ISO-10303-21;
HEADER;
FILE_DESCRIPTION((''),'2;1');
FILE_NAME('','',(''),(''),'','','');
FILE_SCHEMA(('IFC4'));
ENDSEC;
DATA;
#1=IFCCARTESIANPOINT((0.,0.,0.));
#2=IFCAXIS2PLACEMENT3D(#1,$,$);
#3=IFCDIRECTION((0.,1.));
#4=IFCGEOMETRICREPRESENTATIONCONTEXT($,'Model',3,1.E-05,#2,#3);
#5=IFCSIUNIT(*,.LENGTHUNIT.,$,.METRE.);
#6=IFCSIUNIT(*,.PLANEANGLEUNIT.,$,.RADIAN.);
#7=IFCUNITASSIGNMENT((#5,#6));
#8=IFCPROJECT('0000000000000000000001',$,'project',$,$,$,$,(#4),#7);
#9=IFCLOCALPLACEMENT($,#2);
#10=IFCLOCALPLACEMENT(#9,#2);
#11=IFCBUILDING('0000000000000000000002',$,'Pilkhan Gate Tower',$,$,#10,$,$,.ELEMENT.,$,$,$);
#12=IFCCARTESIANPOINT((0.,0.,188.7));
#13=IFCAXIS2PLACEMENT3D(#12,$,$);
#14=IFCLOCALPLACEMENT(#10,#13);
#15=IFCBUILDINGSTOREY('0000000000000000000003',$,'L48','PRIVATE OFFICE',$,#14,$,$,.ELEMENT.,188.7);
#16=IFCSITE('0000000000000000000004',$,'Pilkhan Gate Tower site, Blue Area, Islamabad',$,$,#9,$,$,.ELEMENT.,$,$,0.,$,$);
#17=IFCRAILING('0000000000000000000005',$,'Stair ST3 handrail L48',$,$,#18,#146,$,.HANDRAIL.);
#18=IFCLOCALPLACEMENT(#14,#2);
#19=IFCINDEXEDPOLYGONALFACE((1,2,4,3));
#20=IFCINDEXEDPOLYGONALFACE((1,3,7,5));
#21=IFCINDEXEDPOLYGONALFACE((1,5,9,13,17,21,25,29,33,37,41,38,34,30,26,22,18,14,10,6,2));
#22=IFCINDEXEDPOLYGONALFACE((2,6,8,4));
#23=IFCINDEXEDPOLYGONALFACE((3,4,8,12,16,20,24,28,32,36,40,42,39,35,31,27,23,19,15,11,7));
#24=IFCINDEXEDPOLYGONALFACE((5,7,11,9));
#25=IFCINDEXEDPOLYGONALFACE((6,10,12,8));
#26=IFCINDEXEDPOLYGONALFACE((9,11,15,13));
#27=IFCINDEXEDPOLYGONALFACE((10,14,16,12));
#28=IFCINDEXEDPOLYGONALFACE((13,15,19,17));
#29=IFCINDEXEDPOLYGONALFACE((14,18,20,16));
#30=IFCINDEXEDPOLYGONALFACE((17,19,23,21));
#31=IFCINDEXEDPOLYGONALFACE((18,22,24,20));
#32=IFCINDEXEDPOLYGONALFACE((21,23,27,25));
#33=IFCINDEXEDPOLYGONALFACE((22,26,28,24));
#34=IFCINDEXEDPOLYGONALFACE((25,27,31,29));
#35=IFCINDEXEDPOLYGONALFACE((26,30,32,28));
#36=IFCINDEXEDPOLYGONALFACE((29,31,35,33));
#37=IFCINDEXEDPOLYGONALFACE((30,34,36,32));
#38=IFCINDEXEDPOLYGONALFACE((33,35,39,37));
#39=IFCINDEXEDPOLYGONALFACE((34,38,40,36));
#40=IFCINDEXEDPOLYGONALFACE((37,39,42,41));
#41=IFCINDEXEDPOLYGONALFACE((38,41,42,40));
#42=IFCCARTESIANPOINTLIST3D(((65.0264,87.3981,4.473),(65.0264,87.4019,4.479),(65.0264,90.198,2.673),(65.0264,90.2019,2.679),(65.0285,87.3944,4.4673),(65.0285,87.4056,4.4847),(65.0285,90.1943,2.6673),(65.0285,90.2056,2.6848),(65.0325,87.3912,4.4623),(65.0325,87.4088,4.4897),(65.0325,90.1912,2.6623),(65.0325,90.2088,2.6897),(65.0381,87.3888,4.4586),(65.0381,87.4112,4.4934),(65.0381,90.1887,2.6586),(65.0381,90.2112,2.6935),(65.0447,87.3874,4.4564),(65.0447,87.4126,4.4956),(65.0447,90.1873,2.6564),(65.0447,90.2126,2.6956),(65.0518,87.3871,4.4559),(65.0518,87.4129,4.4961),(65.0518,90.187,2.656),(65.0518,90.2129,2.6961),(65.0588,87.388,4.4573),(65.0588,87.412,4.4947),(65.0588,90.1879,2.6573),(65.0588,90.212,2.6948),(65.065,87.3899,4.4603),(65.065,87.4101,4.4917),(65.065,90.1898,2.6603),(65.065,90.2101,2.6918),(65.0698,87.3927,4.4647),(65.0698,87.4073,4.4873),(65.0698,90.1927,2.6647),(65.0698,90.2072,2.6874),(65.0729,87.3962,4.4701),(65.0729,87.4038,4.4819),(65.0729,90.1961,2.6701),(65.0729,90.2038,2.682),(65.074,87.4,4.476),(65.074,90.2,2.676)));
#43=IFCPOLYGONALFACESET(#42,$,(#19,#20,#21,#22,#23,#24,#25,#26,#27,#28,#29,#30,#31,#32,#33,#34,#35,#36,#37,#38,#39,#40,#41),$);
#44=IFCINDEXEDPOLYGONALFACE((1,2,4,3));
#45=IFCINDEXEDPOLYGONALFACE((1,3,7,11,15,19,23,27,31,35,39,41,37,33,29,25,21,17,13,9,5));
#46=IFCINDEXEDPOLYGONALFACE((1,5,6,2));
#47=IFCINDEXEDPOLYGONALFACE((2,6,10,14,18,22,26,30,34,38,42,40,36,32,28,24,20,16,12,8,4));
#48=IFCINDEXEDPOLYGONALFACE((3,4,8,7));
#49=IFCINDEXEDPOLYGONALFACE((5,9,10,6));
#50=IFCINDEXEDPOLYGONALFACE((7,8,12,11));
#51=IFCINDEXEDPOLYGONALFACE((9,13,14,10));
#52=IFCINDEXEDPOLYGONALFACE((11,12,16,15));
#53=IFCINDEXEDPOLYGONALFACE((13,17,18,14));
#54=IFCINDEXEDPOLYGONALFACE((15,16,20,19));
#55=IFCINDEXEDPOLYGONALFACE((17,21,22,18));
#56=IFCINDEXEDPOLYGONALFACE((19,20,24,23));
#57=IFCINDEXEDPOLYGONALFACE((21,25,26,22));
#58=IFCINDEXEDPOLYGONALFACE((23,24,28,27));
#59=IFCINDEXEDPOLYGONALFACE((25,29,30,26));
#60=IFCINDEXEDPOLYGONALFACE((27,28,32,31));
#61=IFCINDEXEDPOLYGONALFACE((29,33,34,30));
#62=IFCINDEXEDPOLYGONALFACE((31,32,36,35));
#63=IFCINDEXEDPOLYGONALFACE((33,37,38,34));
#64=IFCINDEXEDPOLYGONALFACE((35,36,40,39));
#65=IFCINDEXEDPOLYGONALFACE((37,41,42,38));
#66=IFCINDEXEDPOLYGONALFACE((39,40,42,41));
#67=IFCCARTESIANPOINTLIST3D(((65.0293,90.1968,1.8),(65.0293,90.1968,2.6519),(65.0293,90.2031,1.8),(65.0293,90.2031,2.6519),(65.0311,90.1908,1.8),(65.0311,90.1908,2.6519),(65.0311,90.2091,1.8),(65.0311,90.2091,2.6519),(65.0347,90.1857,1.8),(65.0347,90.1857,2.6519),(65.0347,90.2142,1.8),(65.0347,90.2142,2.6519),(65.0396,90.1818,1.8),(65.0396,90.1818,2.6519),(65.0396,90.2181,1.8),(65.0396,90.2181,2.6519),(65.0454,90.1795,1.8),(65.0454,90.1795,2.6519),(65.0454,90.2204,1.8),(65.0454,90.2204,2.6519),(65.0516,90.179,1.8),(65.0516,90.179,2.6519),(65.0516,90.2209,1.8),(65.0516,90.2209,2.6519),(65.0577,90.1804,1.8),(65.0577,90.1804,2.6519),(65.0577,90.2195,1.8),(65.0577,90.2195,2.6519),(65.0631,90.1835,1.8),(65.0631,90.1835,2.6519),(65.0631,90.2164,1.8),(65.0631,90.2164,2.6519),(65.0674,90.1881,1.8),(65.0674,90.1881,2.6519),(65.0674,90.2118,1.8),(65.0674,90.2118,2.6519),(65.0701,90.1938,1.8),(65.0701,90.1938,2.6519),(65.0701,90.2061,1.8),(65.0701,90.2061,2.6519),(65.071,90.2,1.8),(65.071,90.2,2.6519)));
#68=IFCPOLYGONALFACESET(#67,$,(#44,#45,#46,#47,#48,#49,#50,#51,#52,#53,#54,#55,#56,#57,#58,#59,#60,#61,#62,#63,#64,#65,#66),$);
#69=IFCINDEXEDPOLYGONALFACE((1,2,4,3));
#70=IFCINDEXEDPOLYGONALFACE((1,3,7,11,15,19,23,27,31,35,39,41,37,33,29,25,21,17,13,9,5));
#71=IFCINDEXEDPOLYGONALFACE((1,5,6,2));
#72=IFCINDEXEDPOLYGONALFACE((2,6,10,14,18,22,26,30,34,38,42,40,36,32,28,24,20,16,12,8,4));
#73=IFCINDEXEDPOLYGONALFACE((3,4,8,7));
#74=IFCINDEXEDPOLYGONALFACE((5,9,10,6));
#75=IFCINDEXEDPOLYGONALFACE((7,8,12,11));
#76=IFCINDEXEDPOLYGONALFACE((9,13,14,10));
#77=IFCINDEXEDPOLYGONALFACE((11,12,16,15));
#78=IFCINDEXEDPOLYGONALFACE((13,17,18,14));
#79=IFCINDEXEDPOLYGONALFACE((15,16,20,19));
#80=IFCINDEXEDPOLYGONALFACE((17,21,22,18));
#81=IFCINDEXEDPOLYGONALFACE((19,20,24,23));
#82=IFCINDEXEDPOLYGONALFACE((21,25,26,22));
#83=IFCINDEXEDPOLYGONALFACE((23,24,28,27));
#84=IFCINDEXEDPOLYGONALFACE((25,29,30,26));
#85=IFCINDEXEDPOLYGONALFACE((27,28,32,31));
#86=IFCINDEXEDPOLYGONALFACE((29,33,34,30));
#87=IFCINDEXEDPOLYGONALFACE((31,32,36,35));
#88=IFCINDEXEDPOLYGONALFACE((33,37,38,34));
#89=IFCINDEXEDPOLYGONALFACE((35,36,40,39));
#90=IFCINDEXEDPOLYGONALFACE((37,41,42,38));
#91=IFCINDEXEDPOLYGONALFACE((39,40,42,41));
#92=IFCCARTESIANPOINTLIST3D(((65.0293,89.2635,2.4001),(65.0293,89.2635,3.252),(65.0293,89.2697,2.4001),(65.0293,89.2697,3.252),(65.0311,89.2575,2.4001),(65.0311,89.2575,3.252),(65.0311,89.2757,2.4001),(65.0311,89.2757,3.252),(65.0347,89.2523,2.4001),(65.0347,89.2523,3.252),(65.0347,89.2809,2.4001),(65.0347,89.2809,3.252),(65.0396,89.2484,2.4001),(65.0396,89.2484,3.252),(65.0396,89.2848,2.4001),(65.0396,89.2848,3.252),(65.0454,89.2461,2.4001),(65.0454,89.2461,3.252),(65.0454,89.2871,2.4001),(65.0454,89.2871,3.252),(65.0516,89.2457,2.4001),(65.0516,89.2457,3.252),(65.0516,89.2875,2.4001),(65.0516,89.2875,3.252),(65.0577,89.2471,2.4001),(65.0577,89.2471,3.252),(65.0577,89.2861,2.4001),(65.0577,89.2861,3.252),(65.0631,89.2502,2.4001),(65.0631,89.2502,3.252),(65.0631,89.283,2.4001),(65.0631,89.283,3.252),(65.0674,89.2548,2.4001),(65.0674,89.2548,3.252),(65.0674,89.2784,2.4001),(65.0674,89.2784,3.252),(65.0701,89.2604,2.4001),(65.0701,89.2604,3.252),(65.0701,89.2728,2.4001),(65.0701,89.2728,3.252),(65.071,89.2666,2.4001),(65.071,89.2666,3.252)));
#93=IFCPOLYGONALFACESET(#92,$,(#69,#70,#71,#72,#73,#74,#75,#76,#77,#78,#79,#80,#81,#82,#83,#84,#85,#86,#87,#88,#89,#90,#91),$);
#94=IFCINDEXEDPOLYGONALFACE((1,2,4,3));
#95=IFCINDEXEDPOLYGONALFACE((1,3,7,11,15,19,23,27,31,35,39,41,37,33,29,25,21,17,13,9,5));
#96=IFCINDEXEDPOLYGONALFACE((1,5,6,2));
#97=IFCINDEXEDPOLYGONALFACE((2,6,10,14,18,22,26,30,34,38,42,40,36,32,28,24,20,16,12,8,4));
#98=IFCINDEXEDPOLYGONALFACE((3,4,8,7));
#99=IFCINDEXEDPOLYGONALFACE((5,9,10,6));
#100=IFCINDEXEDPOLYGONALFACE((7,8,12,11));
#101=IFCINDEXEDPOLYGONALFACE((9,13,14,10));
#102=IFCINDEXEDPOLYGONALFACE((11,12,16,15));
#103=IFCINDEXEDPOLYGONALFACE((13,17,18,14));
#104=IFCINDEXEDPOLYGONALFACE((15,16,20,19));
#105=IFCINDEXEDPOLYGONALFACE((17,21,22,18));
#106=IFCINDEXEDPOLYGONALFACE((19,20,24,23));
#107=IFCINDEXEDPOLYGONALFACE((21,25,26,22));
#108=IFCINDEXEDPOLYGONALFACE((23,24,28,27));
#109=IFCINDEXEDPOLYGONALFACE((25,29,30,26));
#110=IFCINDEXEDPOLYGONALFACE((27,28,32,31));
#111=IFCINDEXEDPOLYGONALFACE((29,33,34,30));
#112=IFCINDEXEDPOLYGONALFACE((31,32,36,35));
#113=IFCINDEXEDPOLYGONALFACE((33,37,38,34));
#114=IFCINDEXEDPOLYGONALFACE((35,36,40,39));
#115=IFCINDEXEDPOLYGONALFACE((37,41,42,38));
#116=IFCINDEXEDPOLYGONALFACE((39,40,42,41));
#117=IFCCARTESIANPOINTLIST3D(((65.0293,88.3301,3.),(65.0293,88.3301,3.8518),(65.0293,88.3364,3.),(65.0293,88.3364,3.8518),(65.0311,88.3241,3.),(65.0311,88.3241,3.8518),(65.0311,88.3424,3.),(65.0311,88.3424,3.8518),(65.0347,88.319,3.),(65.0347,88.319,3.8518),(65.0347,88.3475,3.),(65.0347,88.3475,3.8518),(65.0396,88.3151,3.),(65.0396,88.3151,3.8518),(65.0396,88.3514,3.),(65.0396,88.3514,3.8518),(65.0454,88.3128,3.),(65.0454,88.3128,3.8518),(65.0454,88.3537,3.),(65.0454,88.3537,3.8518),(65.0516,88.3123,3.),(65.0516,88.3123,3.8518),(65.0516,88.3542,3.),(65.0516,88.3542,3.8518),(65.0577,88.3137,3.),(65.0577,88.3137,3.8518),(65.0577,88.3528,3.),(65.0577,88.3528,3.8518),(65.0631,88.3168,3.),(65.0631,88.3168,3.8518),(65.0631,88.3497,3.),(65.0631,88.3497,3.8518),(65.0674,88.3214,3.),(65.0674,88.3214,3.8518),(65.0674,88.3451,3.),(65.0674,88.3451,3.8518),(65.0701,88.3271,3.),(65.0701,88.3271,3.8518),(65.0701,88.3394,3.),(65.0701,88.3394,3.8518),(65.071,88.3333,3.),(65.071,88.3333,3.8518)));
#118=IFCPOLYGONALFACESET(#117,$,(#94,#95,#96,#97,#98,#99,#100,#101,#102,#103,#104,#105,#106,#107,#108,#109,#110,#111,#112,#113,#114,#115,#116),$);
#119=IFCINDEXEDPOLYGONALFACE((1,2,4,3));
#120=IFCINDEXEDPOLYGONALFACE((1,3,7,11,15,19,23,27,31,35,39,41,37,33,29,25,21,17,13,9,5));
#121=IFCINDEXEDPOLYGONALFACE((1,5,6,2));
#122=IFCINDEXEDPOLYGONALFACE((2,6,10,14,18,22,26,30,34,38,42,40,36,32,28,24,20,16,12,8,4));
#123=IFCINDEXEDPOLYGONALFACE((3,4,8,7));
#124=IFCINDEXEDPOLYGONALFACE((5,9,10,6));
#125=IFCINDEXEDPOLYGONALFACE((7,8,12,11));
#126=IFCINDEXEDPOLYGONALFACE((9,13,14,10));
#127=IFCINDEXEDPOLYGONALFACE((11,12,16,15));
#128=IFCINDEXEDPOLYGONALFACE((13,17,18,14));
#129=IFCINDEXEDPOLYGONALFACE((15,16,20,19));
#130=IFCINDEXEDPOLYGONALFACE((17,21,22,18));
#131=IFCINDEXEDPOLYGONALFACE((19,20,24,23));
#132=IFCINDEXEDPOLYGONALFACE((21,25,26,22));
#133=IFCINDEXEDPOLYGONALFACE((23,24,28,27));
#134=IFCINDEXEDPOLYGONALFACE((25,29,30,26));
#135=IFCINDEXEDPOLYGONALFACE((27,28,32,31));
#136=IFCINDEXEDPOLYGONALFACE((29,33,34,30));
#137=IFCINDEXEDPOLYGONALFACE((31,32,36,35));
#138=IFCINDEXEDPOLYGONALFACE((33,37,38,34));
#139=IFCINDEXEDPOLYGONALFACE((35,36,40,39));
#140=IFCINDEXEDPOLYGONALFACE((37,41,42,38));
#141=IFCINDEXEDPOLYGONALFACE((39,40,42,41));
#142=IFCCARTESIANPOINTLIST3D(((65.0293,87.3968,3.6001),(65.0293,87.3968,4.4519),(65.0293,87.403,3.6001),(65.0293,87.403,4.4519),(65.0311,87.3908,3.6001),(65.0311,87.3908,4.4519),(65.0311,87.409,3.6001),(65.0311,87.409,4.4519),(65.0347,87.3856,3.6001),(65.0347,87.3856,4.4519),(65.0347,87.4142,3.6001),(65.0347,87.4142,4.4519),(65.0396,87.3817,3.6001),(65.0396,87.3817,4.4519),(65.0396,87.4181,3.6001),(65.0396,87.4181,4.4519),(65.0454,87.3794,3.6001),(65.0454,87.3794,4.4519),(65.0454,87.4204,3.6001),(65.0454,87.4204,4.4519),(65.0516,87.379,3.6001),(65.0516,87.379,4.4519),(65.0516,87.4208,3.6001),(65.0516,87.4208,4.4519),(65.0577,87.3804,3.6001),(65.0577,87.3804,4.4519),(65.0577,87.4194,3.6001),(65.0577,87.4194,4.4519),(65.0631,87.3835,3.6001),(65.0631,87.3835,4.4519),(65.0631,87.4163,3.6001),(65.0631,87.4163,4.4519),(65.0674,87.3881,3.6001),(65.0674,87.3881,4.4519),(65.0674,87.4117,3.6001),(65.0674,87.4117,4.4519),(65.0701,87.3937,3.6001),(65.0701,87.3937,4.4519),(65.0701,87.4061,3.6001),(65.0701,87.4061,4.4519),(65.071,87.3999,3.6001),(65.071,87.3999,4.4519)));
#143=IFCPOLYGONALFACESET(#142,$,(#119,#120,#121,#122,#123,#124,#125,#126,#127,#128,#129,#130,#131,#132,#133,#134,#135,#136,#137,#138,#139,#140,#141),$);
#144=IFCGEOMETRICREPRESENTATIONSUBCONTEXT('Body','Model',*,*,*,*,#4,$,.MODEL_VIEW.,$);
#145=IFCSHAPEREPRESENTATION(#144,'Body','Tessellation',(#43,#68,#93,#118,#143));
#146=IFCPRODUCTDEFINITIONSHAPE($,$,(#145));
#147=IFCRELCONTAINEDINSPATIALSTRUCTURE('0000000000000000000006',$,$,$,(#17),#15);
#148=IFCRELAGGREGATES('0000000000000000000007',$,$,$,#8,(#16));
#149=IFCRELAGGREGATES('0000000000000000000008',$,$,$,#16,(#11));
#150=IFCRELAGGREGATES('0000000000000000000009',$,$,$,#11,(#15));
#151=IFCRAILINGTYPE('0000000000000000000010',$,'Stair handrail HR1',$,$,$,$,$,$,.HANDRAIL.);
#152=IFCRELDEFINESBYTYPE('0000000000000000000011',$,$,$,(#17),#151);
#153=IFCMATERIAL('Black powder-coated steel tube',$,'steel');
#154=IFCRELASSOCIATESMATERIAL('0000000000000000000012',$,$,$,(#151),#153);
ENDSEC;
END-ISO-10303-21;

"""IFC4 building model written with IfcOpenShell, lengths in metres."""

from ifc_helpers import new_model, si_unit, direction, frame, origin, origin_2d, place, context, subcontext, project, spatial, circle, extrude, material, type_object, element, save


model = new_model("IFC4")

# Units and contexts
model_context = context("Model", 3, precision=1e-05, world=origin(), true_north=direction((0.0, 1.0)))
body_context = subcontext(model_context, "Body", "Model", "MODEL_VIEW")
ifc_project = project(units=[si_unit("LENGTHUNIT", "METRE"), si_unit("PLANEANGLEUNIT", "RADIAN")], contexts=[model_context])

# Site, building, storey
site_placement = place(None, origin())
site = spatial("IfcSite", under=ifc_project, at=site_placement, Name="Pilkhan Gate Tower site, Blue Area, Islamabad", CompositionType="ELEMENT", RefElevation=0.0)
building_placement = place(site_placement, origin())
building = spatial("IfcBuilding", under=site, at=building_placement, Name="Pilkhan Gate Tower", CompositionType="ELEMENT")
storey_placement = place(building_placement, frame((0.0, 0.0, 188.7)))
storey = spatial("IfcBuildingStorey", under=building, at=storey_placement, Name="L48", Description="PRIVATE OFFICE", CompositionType="ELEMENT", Elevation=188.7)

# Railing
ifc_material_1 = material(Name="Black powder-coated steel tube", Category="steel")
railing_type_1 = type_object("IfcRailingType", Name="Stair handrail HR1", PredefinedType="HANDRAIL", material=ifc_material_1)
railing_1_placement = place(storey_placement, frame((65.05, 90.2, 1.8)))
element("IfcRailing", 1, at=railing_1_placement, inside=storey, type_object=railing_type_1, Name="Stair ST3 handrail L48", PredefinedType="HANDRAIL", context=body_context, shape_type="SweptSolid", body=[
    extrude(circle(Radius=0.0239, at=origin_2d()), frame((0.0, 0.0, 0.876), z_axis=(0.0, -0.841176, 0.540761), x_axis=(1.0, 0.0, 0.0)), (0.0, 0.0, 1.0), 3.3286),
    extrude(circle(Radius=0.021, at=origin_2d()), origin(), (0.0, 0.0, 1.0), 0.8518),
    extrude(circle(Radius=0.021, at=origin_2d()), frame((0.0, -0.9333, 0.6001)), (0.0, 0.0, 1.0), 0.8518),
    extrude(circle(Radius=0.021, at=origin_2d()), frame((0.0, -1.8667, 1.2)), (0.0, 0.0, 1.0), 0.8518),
    extrude(circle(Radius=0.021, at=origin_2d()), frame((0.0, -2.8, 1.8)), (0.0, 0.0, 1.0), 0.8518),
])

save(model, "model.ifc")
